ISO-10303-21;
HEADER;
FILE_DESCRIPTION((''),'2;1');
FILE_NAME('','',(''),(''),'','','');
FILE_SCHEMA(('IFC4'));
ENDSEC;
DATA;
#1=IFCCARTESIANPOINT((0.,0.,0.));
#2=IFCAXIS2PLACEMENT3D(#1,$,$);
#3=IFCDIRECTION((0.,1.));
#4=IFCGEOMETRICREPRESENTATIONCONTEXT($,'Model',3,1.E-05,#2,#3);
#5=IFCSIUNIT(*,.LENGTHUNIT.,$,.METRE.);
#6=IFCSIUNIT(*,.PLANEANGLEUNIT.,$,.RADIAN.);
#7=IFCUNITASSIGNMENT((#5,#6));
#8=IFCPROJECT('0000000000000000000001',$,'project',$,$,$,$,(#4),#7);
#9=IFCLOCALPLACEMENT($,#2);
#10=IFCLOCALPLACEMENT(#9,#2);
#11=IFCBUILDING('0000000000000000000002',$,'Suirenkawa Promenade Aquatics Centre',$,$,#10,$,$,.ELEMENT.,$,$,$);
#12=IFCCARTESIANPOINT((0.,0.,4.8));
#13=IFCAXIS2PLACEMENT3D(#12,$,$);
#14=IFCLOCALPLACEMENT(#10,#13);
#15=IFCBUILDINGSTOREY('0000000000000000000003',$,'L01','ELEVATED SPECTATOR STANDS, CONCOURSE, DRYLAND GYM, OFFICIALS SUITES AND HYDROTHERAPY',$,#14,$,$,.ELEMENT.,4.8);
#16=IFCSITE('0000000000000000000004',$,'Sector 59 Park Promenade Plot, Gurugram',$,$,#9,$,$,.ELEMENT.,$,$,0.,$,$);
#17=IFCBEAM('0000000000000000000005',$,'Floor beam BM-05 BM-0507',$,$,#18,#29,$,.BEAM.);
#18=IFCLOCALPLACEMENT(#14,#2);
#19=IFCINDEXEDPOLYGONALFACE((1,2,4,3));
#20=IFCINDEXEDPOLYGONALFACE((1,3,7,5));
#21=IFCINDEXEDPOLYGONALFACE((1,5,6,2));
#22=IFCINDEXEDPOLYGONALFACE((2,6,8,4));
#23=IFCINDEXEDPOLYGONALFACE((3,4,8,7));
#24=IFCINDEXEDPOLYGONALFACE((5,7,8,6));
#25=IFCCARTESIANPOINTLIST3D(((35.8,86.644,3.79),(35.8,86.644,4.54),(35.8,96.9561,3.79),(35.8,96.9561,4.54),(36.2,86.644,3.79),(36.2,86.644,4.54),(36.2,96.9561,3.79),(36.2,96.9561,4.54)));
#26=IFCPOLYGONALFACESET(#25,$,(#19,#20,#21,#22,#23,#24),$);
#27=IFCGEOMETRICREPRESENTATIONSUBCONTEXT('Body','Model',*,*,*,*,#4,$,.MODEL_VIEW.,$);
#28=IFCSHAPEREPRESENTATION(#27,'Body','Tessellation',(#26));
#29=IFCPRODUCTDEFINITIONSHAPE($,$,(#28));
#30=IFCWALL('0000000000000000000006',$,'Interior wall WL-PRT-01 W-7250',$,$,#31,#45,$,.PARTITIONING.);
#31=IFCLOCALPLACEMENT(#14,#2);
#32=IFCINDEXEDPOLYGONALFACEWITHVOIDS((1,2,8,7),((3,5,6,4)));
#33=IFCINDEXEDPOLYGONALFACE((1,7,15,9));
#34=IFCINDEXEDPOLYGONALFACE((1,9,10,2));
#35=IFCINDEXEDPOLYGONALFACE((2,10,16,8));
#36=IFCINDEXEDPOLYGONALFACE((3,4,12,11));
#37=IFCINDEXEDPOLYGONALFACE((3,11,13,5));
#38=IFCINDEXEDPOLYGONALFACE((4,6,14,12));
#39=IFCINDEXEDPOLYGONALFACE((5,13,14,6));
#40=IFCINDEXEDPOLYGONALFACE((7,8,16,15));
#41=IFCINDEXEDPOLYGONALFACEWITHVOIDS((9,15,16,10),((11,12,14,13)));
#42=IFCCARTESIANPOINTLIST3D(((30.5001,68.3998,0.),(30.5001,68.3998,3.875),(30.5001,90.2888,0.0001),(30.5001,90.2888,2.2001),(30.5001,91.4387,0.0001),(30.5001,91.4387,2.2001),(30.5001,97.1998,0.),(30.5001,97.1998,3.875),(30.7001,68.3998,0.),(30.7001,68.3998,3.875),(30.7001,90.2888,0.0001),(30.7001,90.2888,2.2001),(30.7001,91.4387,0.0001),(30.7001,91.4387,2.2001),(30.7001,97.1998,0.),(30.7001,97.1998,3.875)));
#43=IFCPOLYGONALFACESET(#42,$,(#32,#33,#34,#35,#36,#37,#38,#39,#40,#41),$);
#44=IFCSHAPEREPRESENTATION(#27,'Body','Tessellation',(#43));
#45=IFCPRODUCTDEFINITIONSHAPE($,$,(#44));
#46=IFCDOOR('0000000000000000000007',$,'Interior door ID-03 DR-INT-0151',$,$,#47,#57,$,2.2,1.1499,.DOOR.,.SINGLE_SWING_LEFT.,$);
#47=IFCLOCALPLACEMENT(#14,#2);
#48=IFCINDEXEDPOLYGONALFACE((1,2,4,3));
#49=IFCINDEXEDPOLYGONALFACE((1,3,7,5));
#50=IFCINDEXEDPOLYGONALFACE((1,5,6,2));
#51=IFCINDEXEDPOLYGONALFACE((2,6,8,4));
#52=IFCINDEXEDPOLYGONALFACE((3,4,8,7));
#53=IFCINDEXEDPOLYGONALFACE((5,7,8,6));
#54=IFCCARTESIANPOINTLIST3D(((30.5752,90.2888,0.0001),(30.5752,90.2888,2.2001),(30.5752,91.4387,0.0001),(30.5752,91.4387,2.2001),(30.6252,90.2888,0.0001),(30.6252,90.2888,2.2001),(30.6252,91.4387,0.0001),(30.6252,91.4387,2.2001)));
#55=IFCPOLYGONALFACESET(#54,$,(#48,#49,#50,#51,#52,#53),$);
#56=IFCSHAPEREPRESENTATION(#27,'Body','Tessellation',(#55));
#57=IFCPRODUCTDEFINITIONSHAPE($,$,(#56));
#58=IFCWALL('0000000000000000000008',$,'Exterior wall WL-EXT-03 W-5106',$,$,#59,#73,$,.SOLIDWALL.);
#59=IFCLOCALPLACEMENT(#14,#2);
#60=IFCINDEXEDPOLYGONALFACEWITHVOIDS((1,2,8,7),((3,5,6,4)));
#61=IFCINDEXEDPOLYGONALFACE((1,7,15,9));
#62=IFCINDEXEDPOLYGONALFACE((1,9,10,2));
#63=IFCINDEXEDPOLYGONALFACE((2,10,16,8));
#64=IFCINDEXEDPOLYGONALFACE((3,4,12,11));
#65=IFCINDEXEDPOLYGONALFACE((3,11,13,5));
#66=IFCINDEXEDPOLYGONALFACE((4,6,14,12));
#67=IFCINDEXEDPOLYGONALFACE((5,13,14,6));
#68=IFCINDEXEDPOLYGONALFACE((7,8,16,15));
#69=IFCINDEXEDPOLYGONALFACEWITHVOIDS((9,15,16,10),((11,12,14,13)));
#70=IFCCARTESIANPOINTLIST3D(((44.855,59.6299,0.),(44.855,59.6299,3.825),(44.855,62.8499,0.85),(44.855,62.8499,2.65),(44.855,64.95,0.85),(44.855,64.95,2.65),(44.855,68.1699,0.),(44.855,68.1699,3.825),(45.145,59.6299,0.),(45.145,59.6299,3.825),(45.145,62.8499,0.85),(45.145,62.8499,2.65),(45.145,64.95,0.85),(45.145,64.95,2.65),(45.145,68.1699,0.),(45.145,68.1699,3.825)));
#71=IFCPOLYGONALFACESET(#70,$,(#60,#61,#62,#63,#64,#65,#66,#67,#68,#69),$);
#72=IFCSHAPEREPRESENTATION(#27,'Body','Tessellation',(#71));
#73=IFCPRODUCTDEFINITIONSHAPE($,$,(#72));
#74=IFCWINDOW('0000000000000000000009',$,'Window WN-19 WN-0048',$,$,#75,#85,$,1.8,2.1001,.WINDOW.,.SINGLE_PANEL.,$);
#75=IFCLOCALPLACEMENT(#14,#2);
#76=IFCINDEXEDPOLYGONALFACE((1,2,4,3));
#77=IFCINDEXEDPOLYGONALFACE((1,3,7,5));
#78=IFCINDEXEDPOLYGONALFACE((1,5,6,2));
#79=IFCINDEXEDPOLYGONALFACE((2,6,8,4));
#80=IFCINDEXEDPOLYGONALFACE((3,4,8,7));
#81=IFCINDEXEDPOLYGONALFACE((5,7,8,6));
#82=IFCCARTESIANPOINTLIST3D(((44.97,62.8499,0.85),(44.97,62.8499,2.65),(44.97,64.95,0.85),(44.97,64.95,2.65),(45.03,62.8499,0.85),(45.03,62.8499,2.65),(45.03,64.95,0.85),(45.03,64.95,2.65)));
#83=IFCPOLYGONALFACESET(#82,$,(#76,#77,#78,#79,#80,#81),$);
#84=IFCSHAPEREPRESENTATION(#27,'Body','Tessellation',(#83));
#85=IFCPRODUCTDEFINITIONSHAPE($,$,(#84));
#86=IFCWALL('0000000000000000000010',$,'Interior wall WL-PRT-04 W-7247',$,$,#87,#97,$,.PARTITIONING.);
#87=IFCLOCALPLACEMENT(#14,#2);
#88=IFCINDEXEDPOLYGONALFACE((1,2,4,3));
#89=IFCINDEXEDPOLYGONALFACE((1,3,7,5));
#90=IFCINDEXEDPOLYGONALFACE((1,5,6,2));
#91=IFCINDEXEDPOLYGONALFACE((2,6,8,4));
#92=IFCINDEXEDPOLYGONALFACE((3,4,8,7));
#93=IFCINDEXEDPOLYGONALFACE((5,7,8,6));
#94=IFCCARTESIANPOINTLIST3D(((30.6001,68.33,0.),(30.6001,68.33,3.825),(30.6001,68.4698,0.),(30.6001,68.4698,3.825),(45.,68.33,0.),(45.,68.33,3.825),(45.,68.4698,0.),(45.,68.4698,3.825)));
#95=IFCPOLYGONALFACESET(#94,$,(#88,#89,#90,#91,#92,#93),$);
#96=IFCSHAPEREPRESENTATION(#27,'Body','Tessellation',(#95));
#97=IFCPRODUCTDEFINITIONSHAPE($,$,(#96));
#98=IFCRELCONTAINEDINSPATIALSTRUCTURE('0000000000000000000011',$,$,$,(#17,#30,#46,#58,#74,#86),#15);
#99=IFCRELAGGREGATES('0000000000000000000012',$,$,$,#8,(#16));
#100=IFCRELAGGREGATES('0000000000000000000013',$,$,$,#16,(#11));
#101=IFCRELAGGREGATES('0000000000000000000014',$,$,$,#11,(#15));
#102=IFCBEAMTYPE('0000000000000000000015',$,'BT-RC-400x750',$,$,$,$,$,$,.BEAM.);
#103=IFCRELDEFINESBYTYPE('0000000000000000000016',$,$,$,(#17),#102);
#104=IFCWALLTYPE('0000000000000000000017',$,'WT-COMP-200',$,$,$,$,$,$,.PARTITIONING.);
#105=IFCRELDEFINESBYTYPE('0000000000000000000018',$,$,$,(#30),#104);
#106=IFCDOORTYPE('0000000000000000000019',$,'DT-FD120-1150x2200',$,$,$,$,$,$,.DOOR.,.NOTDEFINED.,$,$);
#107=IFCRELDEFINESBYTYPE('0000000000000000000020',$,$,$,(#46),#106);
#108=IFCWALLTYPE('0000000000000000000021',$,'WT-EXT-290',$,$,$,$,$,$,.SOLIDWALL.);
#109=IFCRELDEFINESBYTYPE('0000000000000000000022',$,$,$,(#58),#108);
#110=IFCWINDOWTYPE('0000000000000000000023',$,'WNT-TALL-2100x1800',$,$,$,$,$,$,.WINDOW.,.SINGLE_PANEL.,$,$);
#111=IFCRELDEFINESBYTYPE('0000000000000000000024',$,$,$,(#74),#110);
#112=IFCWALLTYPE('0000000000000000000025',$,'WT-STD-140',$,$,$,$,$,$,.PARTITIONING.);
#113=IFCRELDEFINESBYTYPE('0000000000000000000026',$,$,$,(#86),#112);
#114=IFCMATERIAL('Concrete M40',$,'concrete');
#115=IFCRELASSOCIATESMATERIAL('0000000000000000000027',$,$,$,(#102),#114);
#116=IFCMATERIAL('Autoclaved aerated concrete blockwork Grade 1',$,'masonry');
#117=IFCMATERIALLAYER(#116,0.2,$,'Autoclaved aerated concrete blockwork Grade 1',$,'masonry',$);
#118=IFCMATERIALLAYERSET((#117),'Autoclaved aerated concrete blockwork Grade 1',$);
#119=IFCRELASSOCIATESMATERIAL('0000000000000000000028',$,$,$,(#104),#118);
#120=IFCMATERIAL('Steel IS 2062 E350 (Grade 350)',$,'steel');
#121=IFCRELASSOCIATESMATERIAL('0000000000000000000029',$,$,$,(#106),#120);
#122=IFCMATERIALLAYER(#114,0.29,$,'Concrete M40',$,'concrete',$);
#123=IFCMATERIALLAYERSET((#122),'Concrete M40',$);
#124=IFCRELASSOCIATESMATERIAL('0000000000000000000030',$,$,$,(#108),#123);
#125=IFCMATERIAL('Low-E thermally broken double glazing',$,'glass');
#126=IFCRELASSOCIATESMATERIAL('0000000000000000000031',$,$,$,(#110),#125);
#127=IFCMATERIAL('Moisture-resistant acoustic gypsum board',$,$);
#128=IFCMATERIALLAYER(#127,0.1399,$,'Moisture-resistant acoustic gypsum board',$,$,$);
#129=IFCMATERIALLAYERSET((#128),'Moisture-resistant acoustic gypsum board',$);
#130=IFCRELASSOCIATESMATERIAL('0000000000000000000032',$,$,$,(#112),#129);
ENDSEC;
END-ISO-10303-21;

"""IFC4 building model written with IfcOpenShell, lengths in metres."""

from ifc_helpers import new_model, si_unit, direction, frame, frame_2d, origin, origin_2d, place, context, subcontext, project, spatial, rectangle, extrude, material, layer, layer_set, material_profile, profile_set, type_object, element, fill, save


model = new_model("IFC4")

# Units and contexts
model_context = context("Model", 3, precision=1e-05, world=origin(), true_north=direction((0.0, 1.0)))
body_context = subcontext(model_context, "Body", "Model", "MODEL_VIEW")
ifc_project = project(units=[si_unit("LENGTHUNIT", "METRE"), si_unit("PLANEANGLEUNIT", "RADIAN")], contexts=[model_context])

# Site, building, storey
site_placement = place(None, origin())
site = spatial("IfcSite", under=ifc_project, at=site_placement, Name="Sector 59 Park Promenade Plot, Gurugram", CompositionType="ELEMENT", RefElevation=0.0)
building_placement = place(site_placement, origin())
building = spatial("IfcBuilding", under=site, at=building_placement, Name="Suirenkawa Promenade Aquatics Centre", CompositionType="ELEMENT")
storey_placement = place(building_placement, frame((0.0, 0.0, 4.8)))
storey = spatial("IfcBuildingStorey", under=building, at=storey_placement, Name="L01", Description="ELEVATED SPECTATOR STANDS, CONCOURSE, DRYLAND GYM, OFFICIALS SUITES AND HYDROTHERAPY", CompositionType="ELEMENT", Elevation=4.8)

# Shared definitions
ifc_material_1 = material(Name="Concrete M40", Category="concrete")

# Beam
ifc_material_2 = material(Name="Steel IS 2062 E350 (Grade 350)", Category="steel")
ifc_material_profile_1 = material_profile(ifc_material_1, rectangle(XDim=0.3999, YDim=0.75, at=origin_2d()), Name="RC BM 400x750", Category="concrete")
ifc_profile_set_1 = profile_set([ifc_material_profile_1], Name="Concrete M40")
beam_type_1 = type_object("IfcBeamType", Name="BT-RC-400x750", PredefinedType="BEAM", material=ifc_profile_set_1)
beam_1_placement = place(storey_placement, frame((36.0, 86.644, 4.165), z_axis=(0.0, 1.0, 0.0), x_axis=(-1.0, 0.0, 0.0)))
element("IfcBeam", 1, at=beam_1_placement, inside=storey, type_object=beam_type_1, Name="Floor beam BM-05 BM-0507", PredefinedType="BEAM", context=body_context, shape_type="SweptSolid", body=[
    extrude(rectangle(XDim=0.3999, YDim=0.75, at=origin_2d()), origin(), (0.0, 0.0, 1.0), 10.312),
])

# Wall, opening, door
ifc_material_3 = material(Name="Autoclaved aerated concrete blockwork Grade 1", Category="masonry")
ifc_layer_1 = layer(ifc_material_3, 0.2, Name="Autoclaved aerated concrete blockwork Grade 1", Category="masonry")
ifc_layer_set_1 = layer_set([ifc_layer_1], Name="Autoclaved aerated concrete blockwork Grade 1")
wall_type_1 = type_object("IfcWallType", Name="WT-COMP-200", PredefinedType="PARTITIONING", material=ifc_layer_set_1)
wall_1_placement = place(storey_placement, frame((30.6001, 68.3999, 0.0), z_axis=(0.0, 0.0, 1.0), x_axis=(0.0, 1.0, 0.0)))
wall_1 = element("IfcWall", 2, at=wall_1_placement, inside=storey, type_object=wall_type_1, Name="Interior wall WL-PRT-01 W-7250", PredefinedType="PARTITIONING", context=body_context, shape_type="SweptSolid", body=[
    extrude(rectangle(XDim=28.8, YDim=0.2, at=frame_2d((14.3999, 0.0))), origin(), (0.0, 0.0, 1.0), 3.875),
])
opening_1_placement = place(wall_1_placement, frame((21.8889, 0.0, 0.0)))
opening_1 = element("IfcOpeningElement", 3, at=opening_1_placement, cuts=wall_1, PredefinedType="OPENING", context=body_context, shape_type="SweptSolid", body=[
    extrude(rectangle(XDim=1.1499, YDim=2.2, at=frame_2d((0.575, 1.1001))), frame((0.0, 0.1099, 0.0), z_axis=(0.0, -1.0, 0.0), x_axis=(1.0, 0.0, 0.0)), (0.0, 0.0, 1.0), 0.22),
])
door_type = type_object("IfcDoorType", Name="DT-FD120-1150x2200", OperationType="NOTDEFINED", PredefinedType="DOOR", material=ifc_material_2)
door_placement = place(opening_1_placement, origin())
door = element("IfcDoor", 4, at=door_placement, inside=storey, type_object=door_type, Name="Interior door ID-03 DR-INT-0151", OperationType="SINGLE_SWING_LEFT", OverallHeight=2.2, OverallWidth=1.1499, PredefinedType="DOOR", context=body_context, shape_type="SweptSolid", body=[
    extrude(rectangle(XDim=1.1499, YDim=2.2, at=frame_2d((0.575, 1.1001))), frame((0.0, 0.0249, 0.0), z_axis=(0.0, -1.0, 0.0), x_axis=(1.0, 0.0, 0.0)), (0.0, 0.0, 1.0), 0.05),
])
fill(opening_1, door)

# Wall, opening, window
ifc_layer_2 = layer(ifc_material_1, 0.29, Name="Concrete M40", Category="concrete")
ifc_layer_set_2 = layer_set([ifc_layer_2], Name="Concrete M40")
wall_type_2 = type_object("IfcWallType", Name="WT-EXT-290", PredefinedType="SOLIDWALL", material=ifc_layer_set_2)
wall_2_placement = place(storey_placement, frame((45.0, 68.1699, 0.0), z_axis=(0.0, 0.0, 1.0), x_axis=(0.0, -1.0, 0.0)))
wall_2 = element("IfcWall", 5, at=wall_2_placement, inside=storey, type_object=wall_type_2, Name="Exterior wall WL-EXT-03 W-5106", PredefinedType="SOLIDWALL", context=body_context, shape_type="SweptSolid", body=[
    extrude(rectangle(XDim=8.54, YDim=0.29, at=frame_2d((4.27, 0.0))), origin(), (0.0, 0.0, 1.0), 3.825),
])
opening_2_placement = place(wall_2_placement, frame((3.22, 0.0, 0.8501)))
opening_2 = element("IfcOpeningElement", 6, at=opening_2_placement, cuts=wall_2, PredefinedType="OPENING", context=body_context, shape_type="SweptSolid", body=[
    extrude(rectangle(XDim=2.1001, YDim=1.8, at=frame_2d((1.05, 0.8999))), frame((0.0, 0.155, 0.0), z_axis=(0.0, -1.0, 0.0), x_axis=(1.0, 0.0, 0.0)), (0.0, 0.0, 1.0), 0.3101),
])
ifc_material_4 = material(Name="Low-E thermally broken double glazing", Category="glass")
window_type = type_object("IfcWindowType", Name="WNT-TALL-2100x1800", PartitioningType="SINGLE_PANEL", PredefinedType="WINDOW", material=ifc_material_4)
window_placement = place(opening_2_placement, origin())
window = element("IfcWindow", 7, at=window_placement, inside=storey, type_object=window_type, Name="Window WN-19 WN-0048", OverallHeight=1.8, OverallWidth=2.1001, PartitioningType="SINGLE_PANEL", PredefinedType="WINDOW", context=body_context, shape_type="SweptSolid", body=[
    extrude(rectangle(XDim=2.1001, YDim=1.8, at=frame_2d((1.05, 0.8999))), frame((0.0, 0.03, 0.0), z_axis=(0.0, -1.0, 0.0), x_axis=(1.0, 0.0, 0.0)), (0.0, 0.0, 1.0), 0.0601),
])
fill(opening_2, window)

# Wall
ifc_material_5 = material(Name="Moisture-resistant acoustic gypsum board")
ifc_layer_3 = layer(ifc_material_5, 0.1399, Name="Moisture-resistant acoustic gypsum board")
ifc_layer_set_3 = layer_set([ifc_layer_3], Name="Moisture-resistant acoustic gypsum board")
wall_type_3 = type_object("IfcWallType", Name="WT-STD-140", PredefinedType="PARTITIONING", material=ifc_layer_set_3)
wall_3_placement = place(storey_placement, frame((30.6001, 68.3999, 0.0), z_axis=(0.0, 0.0, 1.0), x_axis=(1.0, 0.0, 0.0)))
element("IfcWall", 8, at=wall_3_placement, inside=storey, type_object=wall_type_3, Name="Interior wall WL-PRT-04 W-7247", PredefinedType="PARTITIONING", context=body_context, shape_type="SweptSolid", body=[
    extrude(rectangle(XDim=14.3999, YDim=0.1399, at=frame_2d((7.2, 0.0))), origin(), (0.0, 0.0, 1.0), 3.825),
])

save(model, "model.ifc")
